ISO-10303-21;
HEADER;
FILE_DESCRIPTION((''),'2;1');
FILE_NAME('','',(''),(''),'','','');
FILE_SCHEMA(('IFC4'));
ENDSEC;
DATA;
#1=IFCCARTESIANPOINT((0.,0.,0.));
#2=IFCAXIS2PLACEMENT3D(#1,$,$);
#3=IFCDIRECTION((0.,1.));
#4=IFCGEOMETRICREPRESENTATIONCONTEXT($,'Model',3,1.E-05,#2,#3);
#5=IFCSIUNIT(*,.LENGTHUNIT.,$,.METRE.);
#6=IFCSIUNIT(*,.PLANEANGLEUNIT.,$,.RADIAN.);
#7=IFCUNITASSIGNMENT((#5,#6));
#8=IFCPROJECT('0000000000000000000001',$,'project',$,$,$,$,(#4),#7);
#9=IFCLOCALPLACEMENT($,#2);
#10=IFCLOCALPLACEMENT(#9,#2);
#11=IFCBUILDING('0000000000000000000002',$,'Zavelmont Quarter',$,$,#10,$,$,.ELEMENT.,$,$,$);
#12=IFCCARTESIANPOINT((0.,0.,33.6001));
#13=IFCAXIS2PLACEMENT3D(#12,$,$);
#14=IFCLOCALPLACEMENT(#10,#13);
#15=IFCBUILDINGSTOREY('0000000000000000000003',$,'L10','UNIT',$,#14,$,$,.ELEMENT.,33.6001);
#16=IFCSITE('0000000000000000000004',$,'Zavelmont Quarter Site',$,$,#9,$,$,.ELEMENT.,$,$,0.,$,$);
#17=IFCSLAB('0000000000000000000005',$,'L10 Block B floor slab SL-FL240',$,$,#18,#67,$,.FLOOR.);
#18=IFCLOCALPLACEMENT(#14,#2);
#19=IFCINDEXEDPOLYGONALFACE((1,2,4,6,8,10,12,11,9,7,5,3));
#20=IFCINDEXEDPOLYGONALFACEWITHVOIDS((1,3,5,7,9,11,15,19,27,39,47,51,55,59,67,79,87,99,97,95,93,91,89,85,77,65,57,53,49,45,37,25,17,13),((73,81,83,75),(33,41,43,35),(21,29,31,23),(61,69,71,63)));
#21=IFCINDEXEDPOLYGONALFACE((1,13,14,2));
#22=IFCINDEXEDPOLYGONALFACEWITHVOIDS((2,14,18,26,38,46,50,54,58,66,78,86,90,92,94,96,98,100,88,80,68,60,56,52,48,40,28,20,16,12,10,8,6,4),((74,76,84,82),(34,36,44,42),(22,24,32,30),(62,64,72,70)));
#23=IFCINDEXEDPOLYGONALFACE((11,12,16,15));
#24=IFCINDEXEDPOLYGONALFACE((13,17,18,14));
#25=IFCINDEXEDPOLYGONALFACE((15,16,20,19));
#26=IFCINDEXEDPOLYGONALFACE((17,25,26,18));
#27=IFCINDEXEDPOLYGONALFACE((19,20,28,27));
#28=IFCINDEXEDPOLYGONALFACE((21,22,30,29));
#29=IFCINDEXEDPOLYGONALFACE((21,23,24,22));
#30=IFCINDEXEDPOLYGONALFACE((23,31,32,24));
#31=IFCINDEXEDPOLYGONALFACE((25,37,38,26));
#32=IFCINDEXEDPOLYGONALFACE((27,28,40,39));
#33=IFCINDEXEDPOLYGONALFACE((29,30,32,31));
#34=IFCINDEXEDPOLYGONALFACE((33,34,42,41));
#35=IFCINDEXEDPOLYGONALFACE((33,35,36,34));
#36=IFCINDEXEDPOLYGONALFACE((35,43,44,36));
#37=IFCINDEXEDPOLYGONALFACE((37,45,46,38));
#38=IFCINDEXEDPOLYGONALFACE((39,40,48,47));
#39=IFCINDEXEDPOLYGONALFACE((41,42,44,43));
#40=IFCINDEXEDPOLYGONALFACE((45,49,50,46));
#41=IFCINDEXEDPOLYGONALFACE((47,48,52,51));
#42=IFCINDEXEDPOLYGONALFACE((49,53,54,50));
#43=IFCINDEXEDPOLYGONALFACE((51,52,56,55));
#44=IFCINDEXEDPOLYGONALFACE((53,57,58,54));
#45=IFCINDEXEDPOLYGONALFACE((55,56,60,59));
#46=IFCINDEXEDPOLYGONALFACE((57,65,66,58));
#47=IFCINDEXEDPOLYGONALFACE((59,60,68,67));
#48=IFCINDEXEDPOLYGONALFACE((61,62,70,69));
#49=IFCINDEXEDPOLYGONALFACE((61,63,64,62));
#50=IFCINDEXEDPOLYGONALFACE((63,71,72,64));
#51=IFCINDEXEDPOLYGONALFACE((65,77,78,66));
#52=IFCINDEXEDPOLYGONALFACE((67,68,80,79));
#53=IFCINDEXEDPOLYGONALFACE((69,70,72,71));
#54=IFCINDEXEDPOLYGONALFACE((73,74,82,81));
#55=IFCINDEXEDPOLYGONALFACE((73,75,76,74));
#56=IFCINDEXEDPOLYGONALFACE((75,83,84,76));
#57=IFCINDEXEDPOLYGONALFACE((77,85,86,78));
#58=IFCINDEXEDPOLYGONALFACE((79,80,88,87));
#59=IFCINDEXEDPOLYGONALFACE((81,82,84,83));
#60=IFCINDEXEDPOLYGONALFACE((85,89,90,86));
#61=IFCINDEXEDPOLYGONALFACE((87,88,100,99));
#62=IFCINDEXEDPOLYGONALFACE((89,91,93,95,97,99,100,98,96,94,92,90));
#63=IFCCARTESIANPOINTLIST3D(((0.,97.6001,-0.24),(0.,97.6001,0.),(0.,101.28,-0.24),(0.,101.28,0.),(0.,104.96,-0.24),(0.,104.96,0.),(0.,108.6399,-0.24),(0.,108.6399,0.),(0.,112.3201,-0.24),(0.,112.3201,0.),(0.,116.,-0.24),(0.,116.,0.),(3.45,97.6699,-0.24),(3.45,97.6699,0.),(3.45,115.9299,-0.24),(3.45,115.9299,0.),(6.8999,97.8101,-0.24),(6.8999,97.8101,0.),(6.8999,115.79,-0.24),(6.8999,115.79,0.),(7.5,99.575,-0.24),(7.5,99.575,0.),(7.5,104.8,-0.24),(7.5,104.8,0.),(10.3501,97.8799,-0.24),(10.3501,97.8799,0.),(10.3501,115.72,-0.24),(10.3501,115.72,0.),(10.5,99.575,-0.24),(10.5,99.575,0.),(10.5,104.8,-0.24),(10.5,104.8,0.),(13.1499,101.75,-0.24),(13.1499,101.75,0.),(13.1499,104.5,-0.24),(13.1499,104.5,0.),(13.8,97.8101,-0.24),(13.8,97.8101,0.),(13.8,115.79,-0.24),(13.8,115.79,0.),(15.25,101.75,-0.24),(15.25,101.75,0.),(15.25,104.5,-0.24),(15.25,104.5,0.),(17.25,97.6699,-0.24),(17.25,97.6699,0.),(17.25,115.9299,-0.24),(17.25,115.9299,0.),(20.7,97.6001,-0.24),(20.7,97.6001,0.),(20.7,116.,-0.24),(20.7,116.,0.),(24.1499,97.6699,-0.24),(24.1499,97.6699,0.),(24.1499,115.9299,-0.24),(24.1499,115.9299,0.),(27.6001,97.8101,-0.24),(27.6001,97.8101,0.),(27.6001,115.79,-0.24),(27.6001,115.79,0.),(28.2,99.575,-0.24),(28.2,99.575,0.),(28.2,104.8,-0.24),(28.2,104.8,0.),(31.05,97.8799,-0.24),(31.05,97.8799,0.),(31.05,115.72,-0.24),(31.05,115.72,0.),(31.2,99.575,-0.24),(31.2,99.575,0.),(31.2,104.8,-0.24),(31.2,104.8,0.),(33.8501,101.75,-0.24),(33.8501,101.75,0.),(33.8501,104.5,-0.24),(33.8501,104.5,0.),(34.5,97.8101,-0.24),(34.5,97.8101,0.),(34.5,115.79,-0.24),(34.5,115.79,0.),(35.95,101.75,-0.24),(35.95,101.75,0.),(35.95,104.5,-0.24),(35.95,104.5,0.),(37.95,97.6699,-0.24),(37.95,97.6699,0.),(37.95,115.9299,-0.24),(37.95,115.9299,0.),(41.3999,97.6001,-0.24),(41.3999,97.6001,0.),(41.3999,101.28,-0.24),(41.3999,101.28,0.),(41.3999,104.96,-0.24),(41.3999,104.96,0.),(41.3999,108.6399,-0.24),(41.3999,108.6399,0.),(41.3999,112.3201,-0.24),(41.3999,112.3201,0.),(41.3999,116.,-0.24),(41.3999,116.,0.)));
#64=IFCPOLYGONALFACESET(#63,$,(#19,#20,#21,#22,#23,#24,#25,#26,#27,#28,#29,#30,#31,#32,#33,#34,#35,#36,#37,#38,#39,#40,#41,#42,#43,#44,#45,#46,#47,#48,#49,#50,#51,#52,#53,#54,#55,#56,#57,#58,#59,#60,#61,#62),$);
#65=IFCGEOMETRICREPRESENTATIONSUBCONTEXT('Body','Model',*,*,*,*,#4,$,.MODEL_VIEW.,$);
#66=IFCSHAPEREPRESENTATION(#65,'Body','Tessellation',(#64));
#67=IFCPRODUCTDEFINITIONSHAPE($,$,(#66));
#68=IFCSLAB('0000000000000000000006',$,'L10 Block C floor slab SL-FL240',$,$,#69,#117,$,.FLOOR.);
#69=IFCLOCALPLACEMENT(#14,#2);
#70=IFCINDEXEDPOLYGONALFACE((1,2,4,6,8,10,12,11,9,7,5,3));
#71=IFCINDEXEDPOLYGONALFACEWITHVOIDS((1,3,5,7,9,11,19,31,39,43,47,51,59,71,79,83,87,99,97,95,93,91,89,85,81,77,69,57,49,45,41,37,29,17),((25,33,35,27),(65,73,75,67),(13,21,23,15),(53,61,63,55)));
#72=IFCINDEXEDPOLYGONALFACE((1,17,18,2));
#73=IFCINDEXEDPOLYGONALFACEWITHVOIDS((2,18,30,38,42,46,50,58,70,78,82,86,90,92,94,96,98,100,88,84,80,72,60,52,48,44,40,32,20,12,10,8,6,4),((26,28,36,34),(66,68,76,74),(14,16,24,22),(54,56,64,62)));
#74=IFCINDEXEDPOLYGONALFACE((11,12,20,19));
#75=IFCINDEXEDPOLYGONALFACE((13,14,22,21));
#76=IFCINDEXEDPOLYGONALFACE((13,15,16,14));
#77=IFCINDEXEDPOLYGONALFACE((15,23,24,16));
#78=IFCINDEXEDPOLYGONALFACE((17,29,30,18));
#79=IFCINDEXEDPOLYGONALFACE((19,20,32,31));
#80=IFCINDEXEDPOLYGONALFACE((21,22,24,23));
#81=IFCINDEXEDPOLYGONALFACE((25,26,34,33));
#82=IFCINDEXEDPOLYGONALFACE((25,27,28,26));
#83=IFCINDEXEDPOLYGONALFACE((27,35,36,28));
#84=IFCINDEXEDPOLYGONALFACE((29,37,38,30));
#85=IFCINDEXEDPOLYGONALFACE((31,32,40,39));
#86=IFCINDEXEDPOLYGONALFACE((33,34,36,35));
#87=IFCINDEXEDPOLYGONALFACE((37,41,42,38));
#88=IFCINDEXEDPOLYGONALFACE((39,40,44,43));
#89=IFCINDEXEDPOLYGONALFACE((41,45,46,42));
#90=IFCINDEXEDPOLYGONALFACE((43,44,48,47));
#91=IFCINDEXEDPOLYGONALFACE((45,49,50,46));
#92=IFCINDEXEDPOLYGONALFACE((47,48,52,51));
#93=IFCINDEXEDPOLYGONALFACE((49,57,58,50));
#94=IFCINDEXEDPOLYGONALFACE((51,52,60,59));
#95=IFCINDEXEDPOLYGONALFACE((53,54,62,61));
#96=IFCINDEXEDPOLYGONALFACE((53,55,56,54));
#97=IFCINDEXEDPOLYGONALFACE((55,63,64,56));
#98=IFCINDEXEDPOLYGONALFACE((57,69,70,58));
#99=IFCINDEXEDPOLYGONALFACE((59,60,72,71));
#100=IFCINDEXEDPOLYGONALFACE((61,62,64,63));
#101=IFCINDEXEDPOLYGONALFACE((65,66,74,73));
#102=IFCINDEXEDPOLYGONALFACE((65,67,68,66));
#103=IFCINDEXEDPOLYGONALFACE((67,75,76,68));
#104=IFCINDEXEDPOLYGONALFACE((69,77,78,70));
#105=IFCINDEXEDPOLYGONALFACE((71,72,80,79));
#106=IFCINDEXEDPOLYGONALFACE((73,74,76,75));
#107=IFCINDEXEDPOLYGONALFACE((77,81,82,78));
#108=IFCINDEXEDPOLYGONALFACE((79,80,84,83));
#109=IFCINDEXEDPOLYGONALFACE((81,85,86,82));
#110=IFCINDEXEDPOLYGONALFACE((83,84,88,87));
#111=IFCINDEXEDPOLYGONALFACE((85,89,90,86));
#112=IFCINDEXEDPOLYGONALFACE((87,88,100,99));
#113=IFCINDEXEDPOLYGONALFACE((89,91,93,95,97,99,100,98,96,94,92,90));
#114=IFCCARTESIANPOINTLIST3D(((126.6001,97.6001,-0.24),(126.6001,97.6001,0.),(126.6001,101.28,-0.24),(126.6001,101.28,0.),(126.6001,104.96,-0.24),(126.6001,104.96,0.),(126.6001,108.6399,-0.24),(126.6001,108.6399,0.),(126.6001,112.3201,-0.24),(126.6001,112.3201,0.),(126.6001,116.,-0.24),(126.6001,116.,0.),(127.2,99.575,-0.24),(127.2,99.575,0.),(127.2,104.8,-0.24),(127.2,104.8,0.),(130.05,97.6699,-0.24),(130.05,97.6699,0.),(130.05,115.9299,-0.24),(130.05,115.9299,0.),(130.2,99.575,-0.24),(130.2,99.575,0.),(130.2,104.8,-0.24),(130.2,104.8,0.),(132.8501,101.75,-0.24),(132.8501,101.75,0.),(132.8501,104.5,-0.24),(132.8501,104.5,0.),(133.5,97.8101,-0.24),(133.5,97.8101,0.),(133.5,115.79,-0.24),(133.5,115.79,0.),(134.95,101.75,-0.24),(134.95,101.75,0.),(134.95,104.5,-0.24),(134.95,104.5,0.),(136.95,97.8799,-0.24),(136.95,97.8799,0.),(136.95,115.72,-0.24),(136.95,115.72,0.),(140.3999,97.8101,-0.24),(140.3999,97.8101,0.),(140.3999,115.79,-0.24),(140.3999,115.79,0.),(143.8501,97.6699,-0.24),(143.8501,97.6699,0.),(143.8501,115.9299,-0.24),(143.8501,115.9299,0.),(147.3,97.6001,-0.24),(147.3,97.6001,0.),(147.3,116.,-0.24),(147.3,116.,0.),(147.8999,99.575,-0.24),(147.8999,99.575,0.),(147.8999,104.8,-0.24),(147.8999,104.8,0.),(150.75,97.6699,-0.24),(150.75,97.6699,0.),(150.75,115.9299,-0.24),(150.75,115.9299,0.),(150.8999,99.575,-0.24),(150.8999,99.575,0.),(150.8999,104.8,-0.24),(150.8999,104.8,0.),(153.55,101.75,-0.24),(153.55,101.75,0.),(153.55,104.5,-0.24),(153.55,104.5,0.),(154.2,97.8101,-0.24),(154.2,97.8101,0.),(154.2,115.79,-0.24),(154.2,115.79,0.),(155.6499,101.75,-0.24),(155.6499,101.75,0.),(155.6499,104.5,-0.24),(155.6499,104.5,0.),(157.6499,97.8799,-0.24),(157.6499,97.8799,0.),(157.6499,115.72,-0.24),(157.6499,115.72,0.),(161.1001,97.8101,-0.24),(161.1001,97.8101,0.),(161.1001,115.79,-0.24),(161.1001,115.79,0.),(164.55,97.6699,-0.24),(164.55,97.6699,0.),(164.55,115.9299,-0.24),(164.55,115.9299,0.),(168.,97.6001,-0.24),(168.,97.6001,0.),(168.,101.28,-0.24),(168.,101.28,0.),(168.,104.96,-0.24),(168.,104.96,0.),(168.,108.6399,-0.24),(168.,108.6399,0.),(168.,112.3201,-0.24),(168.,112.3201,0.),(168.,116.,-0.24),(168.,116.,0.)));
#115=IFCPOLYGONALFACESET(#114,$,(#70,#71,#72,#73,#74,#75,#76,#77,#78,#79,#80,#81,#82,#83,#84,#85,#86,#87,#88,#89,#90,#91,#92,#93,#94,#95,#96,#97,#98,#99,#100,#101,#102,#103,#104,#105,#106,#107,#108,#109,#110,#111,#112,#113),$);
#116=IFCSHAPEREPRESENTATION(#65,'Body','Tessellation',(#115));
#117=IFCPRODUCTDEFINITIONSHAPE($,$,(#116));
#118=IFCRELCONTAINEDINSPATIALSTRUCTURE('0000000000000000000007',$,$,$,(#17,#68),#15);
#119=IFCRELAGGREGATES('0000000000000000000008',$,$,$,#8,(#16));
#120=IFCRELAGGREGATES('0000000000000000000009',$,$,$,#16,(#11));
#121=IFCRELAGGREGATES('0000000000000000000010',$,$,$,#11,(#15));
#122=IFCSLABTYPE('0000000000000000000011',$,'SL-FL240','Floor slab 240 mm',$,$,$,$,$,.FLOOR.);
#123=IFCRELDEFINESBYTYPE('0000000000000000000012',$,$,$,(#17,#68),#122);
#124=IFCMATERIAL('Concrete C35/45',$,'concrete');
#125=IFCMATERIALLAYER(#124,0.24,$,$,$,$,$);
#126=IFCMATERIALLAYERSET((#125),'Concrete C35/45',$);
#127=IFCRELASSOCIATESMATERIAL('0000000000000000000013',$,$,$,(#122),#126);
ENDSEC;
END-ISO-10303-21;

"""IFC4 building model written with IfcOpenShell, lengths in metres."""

from ifc_helpers import new_model, si_unit, direction, frame, origin, place, context, subcontext, project, spatial, polyline, outline, extrude, material, layer, layer_set, type_object, element, save


model = new_model("IFC4")

# Units and contexts
model_context = context("Model", 3, precision=1e-05, world=origin(), true_north=direction((0.0, 1.0)))
body_context = subcontext(model_context, "Body", "Model", "MODEL_VIEW")
ifc_project = project(units=[si_unit("LENGTHUNIT", "METRE"), si_unit("PLANEANGLEUNIT", "RADIAN")], contexts=[model_context])

# Site, building, storey
site_placement = place(None, origin())
site = spatial("IfcSite", under=ifc_project, at=site_placement, Name="Zavelmont Quarter Site", CompositionType="ELEMENT", RefElevation=0.0)
building_placement = place(site_placement, origin())
building = spatial("IfcBuilding", under=site, at=building_placement, Name="Zavelmont Quarter", CompositionType="ELEMENT")
storey_placement = place(building_placement, frame((0.0, 0.0, 33.6001)))
storey = spatial("IfcBuildingStorey", under=building, at=storey_placement, Name="L10", Description="UNIT", CompositionType="ELEMENT", Elevation=33.6001)

# Slabs
ifc_material_1 = material(Name="Concrete C35/45", Category="concrete")
ifc_layer_1 = layer(ifc_material_1, 0.24)
ifc_layer_set_1 = layer_set([ifc_layer_1], Name="Concrete C35/45")
slab_type_1 = type_object("IfcSlabType", Name="SL-FL240", Description="Floor slab 240 mm", PredefinedType="FLOOR", material=ifc_layer_set_1)
slab_1_placement = place(storey_placement, frame((0.0, 0.0, -0.24)))
element("IfcSlab", 1, at=slab_1_placement, inside=storey, type_object=slab_type_1, Name="L10 Block B floor slab SL-FL240", PredefinedType="FLOOR", context=body_context, shape_type="SweptSolid", body=[
    extrude(outline(polyline([(0.0, 97.6001), (3.45, 97.6699), (6.8999, 97.8101), (10.3501, 97.8799), (13.8, 97.8101), (17.25, 97.6699), (20.7, 97.6001), (24.1499, 97.6699), (27.6001, 97.8101), (31.05, 97.8799), (34.5, 97.8101), (37.95, 97.6699), (41.3999, 97.6001), (41.3999, 101.28), (41.3999, 104.96), (41.3999, 108.6399), (41.3999, 112.3201), (41.3999, 116.0), (37.95, 115.9299), (34.5, 115.79), (31.05, 115.72), (27.6001, 115.79), (24.1499, 115.9299), (20.7, 116.0), (17.25, 115.9299), (13.8, 115.79), (10.3501, 115.72), (6.8999, 115.79), (3.45, 115.9299), (0.0, 116.0), (0.0, 112.3201), (0.0, 108.6399), (0.0, 104.96), (0.0, 101.28), (0.0, 97.6001)]), holes=[polyline([(10.5, 99.575), (10.5, 104.8), (7.5, 104.8), (7.5, 99.575), (10.5, 99.575)]), polyline([(13.1499, 101.75), (15.25, 101.75), (15.25, 104.5), (13.1499, 104.5), (13.1499, 101.75)]), polyline([(31.2, 99.575), (31.2, 104.8), (28.2, 104.8), (28.2, 99.575), (31.2, 99.575)]), polyline([(33.8501, 101.75), (35.95, 101.75), (35.95, 104.5), (33.8501, 104.5), (33.8501, 101.75)])]), origin(), (0.0, 0.0, 1.0), 0.24),
])
slab_2_placement = place(storey_placement, frame((0.0, 0.0, -0.24)))
element("IfcSlab", 2, at=slab_2_placement, inside=storey, type_object=slab_type_1, Name="L10 Block C floor slab SL-FL240", PredefinedType="FLOOR", context=body_context, shape_type="SweptSolid", body=[
    extrude(outline(polyline([(126.6001, 97.6001), (130.05, 97.6699), (133.5, 97.8101), (136.95, 97.8799), (140.3999, 97.8101), (143.8501, 97.6699), (147.3, 97.6001), (150.75, 97.6699), (154.2, 97.8101), (157.6499, 97.8799), (161.1001, 97.8101), (164.55, 97.6699), (168.0, 97.6001), (168.0, 101.28), (168.0, 104.96), (168.0, 108.6399), (168.0, 112.3201), (168.0, 116.0), (164.55, 115.9299), (161.1001, 115.79), (157.6499, 115.72), (154.2, 115.79), (150.75, 115.9299), (147.3, 116.0), (143.8501, 115.9299), (140.3999, 115.79), (136.95, 115.72), (133.5, 115.79), (130.05, 115.9299), (126.6001, 116.0), (126.6001, 112.3201), (126.6001, 108.6399), (126.6001, 104.96), (126.6001, 101.28), (126.6001, 97.6001)]), holes=[polyline([(130.2, 99.575), (130.2, 104.8), (127.2, 104.8), (127.2, 99.575), (130.2, 99.575)]), polyline([(132.8501, 101.75), (134.95, 101.75), (134.95, 104.5), (132.8501, 104.5), (132.8501, 101.75)]), polyline([(150.8999, 99.575), (150.8999, 104.8), (147.8999, 104.8), (147.8999, 99.575), (150.8999, 99.575)]), polyline([(153.55, 101.75), (155.6499, 101.75), (155.6499, 104.5), (153.55, 104.5), (153.55, 101.75)])]), origin(), (0.0, 0.0, 1.0), 0.24),
])

save(model, "model.ifc")
